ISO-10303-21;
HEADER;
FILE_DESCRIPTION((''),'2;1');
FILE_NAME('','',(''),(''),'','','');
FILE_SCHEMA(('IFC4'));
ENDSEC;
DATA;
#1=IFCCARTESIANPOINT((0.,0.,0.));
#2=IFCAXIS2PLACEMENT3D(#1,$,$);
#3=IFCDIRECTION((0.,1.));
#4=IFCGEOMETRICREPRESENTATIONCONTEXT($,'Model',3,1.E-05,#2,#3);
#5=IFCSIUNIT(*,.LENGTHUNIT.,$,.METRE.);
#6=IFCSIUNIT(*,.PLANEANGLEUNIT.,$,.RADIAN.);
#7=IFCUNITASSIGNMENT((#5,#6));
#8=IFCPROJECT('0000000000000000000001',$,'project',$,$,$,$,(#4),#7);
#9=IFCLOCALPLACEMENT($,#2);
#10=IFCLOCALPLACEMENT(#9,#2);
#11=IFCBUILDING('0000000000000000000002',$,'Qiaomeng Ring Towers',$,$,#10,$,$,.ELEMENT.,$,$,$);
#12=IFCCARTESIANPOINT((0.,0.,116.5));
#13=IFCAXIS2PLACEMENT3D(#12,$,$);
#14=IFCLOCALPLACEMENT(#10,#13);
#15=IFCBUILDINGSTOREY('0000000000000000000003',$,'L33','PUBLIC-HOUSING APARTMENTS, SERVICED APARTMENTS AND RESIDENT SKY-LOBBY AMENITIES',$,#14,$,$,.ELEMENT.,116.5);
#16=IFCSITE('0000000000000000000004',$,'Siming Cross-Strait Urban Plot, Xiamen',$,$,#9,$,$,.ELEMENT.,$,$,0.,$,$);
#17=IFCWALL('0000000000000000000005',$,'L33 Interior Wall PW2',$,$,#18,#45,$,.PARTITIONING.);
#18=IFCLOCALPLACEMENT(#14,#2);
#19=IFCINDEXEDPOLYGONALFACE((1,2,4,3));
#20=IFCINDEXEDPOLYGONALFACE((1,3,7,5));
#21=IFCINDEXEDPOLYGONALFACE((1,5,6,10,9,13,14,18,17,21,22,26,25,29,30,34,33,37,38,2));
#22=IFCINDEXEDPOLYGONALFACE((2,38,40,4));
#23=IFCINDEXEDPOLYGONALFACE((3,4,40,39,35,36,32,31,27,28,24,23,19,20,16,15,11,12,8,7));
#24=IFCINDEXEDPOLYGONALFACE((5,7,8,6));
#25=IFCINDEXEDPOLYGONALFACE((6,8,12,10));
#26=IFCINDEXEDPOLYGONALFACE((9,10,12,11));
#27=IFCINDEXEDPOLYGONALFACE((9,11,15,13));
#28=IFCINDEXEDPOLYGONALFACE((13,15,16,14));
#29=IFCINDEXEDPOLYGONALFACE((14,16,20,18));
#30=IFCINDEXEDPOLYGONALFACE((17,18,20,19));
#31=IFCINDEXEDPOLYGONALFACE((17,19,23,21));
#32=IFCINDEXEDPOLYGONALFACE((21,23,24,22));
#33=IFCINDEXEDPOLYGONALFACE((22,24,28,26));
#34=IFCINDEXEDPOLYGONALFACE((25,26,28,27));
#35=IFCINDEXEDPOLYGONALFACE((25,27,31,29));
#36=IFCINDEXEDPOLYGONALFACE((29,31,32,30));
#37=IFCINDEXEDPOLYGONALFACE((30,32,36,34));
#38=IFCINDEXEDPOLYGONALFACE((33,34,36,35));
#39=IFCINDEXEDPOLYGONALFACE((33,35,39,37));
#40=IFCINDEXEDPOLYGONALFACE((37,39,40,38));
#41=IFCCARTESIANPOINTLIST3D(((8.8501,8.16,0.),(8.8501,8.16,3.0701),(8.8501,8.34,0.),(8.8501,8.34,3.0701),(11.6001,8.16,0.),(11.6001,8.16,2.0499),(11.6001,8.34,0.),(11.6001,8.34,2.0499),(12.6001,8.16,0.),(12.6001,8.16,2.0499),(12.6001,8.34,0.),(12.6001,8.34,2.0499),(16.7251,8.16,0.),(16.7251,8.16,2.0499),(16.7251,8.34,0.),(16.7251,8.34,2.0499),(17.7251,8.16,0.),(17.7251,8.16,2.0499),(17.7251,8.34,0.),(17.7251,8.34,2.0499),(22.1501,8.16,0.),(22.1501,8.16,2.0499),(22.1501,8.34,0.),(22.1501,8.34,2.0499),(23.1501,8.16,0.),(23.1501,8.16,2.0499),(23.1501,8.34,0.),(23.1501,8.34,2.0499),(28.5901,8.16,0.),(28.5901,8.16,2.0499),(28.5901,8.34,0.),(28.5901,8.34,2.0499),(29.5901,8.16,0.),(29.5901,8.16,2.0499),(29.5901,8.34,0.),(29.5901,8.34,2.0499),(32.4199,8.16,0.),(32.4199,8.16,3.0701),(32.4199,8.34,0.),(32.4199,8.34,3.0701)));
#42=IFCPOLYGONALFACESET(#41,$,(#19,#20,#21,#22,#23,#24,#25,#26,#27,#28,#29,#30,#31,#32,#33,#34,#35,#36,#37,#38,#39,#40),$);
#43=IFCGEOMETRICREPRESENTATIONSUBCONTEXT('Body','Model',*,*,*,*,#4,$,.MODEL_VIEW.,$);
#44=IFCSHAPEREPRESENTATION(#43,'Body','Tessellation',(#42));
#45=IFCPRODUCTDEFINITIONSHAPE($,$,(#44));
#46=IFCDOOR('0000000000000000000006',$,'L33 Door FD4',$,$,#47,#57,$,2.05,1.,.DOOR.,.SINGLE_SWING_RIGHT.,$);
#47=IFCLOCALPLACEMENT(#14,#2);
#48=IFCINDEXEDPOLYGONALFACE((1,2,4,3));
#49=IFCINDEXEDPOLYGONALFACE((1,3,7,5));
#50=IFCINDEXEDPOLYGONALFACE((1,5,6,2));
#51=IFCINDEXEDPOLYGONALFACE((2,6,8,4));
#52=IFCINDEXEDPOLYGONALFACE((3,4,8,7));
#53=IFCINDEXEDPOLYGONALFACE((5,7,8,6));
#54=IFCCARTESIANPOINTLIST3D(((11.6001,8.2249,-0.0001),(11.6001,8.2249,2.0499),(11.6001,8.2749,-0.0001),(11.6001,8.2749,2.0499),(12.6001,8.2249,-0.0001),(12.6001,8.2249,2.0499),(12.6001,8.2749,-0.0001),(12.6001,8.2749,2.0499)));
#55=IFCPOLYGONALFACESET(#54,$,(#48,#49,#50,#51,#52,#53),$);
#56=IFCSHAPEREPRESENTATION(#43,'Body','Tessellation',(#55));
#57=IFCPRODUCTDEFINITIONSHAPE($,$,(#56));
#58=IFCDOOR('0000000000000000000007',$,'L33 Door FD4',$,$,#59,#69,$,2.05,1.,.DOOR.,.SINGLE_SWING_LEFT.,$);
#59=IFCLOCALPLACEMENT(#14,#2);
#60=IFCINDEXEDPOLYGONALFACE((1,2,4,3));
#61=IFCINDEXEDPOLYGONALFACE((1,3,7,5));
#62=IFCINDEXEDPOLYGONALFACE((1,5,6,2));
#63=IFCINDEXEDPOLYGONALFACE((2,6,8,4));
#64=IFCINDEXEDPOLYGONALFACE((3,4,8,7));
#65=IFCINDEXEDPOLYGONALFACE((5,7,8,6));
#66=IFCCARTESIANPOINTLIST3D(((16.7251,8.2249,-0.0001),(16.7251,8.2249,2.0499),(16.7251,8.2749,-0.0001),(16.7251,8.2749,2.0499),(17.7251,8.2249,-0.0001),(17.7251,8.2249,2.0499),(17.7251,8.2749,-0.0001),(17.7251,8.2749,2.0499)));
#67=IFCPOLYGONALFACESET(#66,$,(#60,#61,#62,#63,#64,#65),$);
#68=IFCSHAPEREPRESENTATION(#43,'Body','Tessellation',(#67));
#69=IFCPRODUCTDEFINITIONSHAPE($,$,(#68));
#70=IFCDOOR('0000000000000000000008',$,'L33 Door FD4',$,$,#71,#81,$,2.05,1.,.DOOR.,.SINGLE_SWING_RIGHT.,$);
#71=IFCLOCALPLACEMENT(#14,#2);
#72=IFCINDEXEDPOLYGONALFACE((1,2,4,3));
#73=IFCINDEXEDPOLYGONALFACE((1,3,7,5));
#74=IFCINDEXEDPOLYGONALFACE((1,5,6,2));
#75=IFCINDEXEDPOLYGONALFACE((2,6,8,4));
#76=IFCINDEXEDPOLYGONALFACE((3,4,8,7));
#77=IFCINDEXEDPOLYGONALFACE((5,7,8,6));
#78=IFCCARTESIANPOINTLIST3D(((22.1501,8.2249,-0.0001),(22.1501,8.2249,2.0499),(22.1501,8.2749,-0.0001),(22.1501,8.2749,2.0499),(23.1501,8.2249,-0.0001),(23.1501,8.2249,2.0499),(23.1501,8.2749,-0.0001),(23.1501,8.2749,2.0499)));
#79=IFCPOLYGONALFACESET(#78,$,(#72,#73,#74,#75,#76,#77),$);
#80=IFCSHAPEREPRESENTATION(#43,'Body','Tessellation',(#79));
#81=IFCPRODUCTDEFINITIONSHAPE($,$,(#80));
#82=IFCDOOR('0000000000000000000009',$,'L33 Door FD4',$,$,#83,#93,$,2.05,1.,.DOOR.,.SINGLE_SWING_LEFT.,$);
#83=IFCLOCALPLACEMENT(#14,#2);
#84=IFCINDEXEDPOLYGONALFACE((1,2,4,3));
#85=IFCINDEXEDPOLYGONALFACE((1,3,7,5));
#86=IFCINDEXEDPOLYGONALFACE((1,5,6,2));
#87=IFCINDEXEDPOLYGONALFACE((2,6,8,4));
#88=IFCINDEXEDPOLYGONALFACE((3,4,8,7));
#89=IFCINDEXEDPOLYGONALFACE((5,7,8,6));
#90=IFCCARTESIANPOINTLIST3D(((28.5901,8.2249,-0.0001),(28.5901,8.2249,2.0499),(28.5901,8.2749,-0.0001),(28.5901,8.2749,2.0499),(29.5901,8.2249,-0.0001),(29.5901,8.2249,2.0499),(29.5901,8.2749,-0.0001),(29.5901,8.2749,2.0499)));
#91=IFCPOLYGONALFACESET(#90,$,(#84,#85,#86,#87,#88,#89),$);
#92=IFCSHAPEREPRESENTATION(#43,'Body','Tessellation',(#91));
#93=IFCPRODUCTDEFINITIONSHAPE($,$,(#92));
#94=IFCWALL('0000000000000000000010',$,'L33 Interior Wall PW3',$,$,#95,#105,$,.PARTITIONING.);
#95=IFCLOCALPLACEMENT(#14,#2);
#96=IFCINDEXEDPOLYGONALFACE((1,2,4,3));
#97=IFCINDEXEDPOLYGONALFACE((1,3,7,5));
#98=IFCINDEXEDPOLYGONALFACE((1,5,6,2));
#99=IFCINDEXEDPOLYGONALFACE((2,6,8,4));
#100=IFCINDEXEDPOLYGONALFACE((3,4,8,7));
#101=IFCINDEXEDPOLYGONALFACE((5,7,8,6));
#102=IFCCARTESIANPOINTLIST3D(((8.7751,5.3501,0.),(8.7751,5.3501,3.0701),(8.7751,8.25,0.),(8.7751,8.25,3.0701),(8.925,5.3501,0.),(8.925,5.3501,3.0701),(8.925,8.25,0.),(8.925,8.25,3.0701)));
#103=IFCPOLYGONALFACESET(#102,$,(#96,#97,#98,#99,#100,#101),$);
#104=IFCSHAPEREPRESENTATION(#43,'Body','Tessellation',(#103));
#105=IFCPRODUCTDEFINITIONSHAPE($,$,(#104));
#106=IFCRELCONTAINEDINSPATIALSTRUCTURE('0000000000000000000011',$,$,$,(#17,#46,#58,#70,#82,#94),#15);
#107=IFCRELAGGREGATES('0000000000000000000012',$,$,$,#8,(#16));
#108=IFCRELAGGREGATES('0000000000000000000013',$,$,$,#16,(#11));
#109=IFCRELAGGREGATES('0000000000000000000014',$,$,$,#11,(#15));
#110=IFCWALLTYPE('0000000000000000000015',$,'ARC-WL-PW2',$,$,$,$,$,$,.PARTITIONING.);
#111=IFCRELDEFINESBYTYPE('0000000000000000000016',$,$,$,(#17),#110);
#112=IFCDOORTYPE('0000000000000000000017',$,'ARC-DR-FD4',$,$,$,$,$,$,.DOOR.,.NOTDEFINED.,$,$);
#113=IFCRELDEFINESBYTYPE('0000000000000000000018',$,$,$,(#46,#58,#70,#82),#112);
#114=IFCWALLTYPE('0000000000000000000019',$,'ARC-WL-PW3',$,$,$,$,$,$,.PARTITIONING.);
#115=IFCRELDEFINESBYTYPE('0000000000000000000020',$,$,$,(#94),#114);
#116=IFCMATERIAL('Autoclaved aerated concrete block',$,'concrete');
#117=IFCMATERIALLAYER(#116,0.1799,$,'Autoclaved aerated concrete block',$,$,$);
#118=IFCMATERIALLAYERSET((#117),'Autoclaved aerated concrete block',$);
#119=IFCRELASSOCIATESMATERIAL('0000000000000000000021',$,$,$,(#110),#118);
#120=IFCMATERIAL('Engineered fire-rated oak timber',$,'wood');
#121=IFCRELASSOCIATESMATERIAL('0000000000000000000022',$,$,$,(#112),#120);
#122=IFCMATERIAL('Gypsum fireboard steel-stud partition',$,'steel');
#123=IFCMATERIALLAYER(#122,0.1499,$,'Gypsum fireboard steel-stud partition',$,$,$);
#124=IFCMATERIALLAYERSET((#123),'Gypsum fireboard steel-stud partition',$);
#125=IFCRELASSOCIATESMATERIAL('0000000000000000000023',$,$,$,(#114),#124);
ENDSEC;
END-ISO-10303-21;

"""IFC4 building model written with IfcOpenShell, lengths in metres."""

from ifc_helpers import new_model, si_unit, direction, frame, frame_2d, origin, place, context, subcontext, project, spatial, rectangle, extrude, source, transform, mapped, material, layer, layer_set, type_object, element, fill, save


model = new_model("IFC4")

# Units and contexts
model_context = context("Model", 3, precision=1e-05, world=origin(), true_north=direction((0.0, 1.0)))
body_context = subcontext(model_context, "Body", "Model", "MODEL_VIEW")
ifc_project = project(units=[si_unit("LENGTHUNIT", "METRE"), si_unit("PLANEANGLEUNIT", "RADIAN")], contexts=[model_context])

# Site, building, storey
site_placement = place(None, origin())
site = spatial("IfcSite", under=ifc_project, at=site_placement, Name="Siming Cross-Strait Urban Plot, Xiamen", CompositionType="ELEMENT", RefElevation=0.0)
building_placement = place(site_placement, origin())
building = spatial("IfcBuilding", under=site, at=building_placement, Name="Qiaomeng Ring Towers", CompositionType="ELEMENT")
storey_placement = place(building_placement, frame((0.0, 0.0, 116.5)))
storey = spatial("IfcBuildingStorey", under=building, at=storey_placement, Name="L33", Description="PUBLIC-HOUSING APARTMENTS, SERVICED APARTMENTS AND RESIDENT SKY-LOBBY AMENITIES", CompositionType="ELEMENT", Elevation=116.5)

# Wall, openings, doors
ifc_material_1 = material(Name="Autoclaved aerated concrete block", Category="concrete")
ifc_layer_1 = layer(ifc_material_1, 0.1799, Name="Autoclaved aerated concrete block")
ifc_layer_set_1 = layer_set([ifc_layer_1], Name="Autoclaved aerated concrete block")
wall_type_1 = type_object("IfcWallType", Name="ARC-WL-PW2", PredefinedType="PARTITIONING", material=ifc_layer_set_1)
wall_1_placement = place(storey_placement, frame((8.8501, 8.25, 0.0), z_axis=(0.0, 0.0, 1.0), x_axis=(1.0, 0.0, 0.0)))
wall_1 = element("IfcWall", 1, at=wall_1_placement, inside=storey, type_object=wall_type_1, Name="L33 Interior Wall PW2", PredefinedType="PARTITIONING", context=body_context, shape_type="SweptSolid", body=[
    extrude(rectangle(XDim=23.5698, YDim=0.1799, at=frame_2d((11.7849, 0.0))), origin(), (0.0, 0.0, 1.0), 3.0701),
])
opening_1_placement = place(wall_1_placement, frame((2.75, 0.0, 0.0)))
opening_1 = element("IfcOpeningElement", 2, at=opening_1_placement, cuts=wall_1, PredefinedType="OPENING", context=body_context, shape_type="SweptSolid", body=[
    extrude(rectangle(XDim=1.0, YDim=2.05, at=frame_2d((0.5, 1.0249))), frame((0.0, 0.0999, 0.0), z_axis=(0.0, -1.0, 0.0), x_axis=(1.0, 0.0, 0.0)), (0.0, 0.0, 1.0), 0.2),
])
opening_2_placement = place(wall_1_placement, frame((7.875, 0.0, 0.0)))
opening_2 = element("IfcOpeningElement", 3, at=opening_2_placement, cuts=wall_1, PredefinedType="OPENING", context=body_context, shape_type="SweptSolid", body=[
    extrude(rectangle(XDim=1.0, YDim=2.05, at=frame_2d((0.5, 1.0249))), frame((0.0, 0.0999, 0.0), z_axis=(0.0, -1.0, 0.0), x_axis=(1.0, 0.0, 0.0)), (0.0, 0.0, 1.0), 0.2),
])
opening_3_placement = place(wall_1_placement, frame((13.3, 0.0, 0.0)))
opening_3 = element("IfcOpeningElement", 4, at=opening_3_placement, cuts=wall_1, PredefinedType="OPENING", context=body_context, shape_type="SweptSolid", body=[
    extrude(rectangle(XDim=1.0, YDim=2.05, at=frame_2d((0.5, 1.0249))), frame((0.0, 0.0999, 0.0), z_axis=(0.0, -1.0, 0.0), x_axis=(1.0, 0.0, 0.0)), (0.0, 0.0, 1.0), 0.2),
])
opening_4_placement = place(wall_1_placement, frame((19.74, 0.0, 0.0)))
opening_4 = element("IfcOpeningElement", 5, at=opening_4_placement, cuts=wall_1, PredefinedType="OPENING", context=body_context, shape_type="SweptSolid", body=[
    extrude(rectangle(XDim=1.0, YDim=2.05, at=frame_2d((0.5, 1.0249))), frame((0.0, 0.0999, 0.0), z_axis=(0.0, -1.0, 0.0), x_axis=(1.0, 0.0, 0.0)), (0.0, 0.0, 1.0), 0.2),
])
ifc_material_2 = material(Name="Engineered fire-rated oak timber", Category="wood")
door_type_1 = type_object("IfcDoorType", Name="ARC-DR-FD4", OperationType="NOTDEFINED", PredefinedType="DOOR", material=ifc_material_2)
shared_shape_1 = source(origin(), body_context, "Body", "SweptSolid", [
    extrude(rectangle(XDim=1.0, YDim=2.05, at=frame_2d((0.5, 1.0249))), frame((0.0, 0.0249, 0.0), z_axis=(0.0, -1.0, 0.0), x_axis=(1.0, 0.0, 0.0)), (0.0, 0.0, 1.0), 0.05),
])
door_1_placement = place(opening_1_placement, origin())
door_1 = element("IfcDoor", 6, at=door_1_placement, inside=storey, type_object=door_type_1, Name="L33 Door FD4", OperationType="SINGLE_SWING_RIGHT", OverallHeight=2.05, OverallWidth=1.0, PredefinedType="DOOR", context=body_context, shape_type="MappedRepresentation", body=[
    mapped(shared_shape_1, transform((0.0, 0.0, 0.0), x_axis=(1.0, 0.0, 0.0), y_axis=(0.0, 1.0, 0.0), z_axis=(0.0, 0.0, 1.0), scale=1.0)),
])
fill(opening_1, door_1)
door_2_placement = place(opening_2_placement, origin())
door_2 = element("IfcDoor", 7, at=door_2_placement, inside=storey, type_object=door_type_1, Name="L33 Door FD4", OperationType="SINGLE_SWING_LEFT", OverallHeight=2.05, OverallWidth=1.0, PredefinedType="DOOR", context=body_context, shape_type="MappedRepresentation", body=[
    mapped(shared_shape_1, transform((0.0, 0.0, 0.0), x_axis=(1.0, 0.0, 0.0), y_axis=(0.0, 1.0, 0.0), z_axis=(0.0, 0.0, 1.0), scale=1.0)),
])
fill(opening_2, door_2)
door_3_placement = place(opening_3_placement, origin())
door_3 = element("IfcDoor", 8, at=door_3_placement, inside=storey, type_object=door_type_1, Name="L33 Door FD4", OperationType="SINGLE_SWING_RIGHT", OverallHeight=2.05, OverallWidth=1.0, PredefinedType="DOOR", context=body_context, shape_type="MappedRepresentation", body=[
    mapped(shared_shape_1, transform((0.0, 0.0, 0.0), x_axis=(1.0, 0.0, 0.0), y_axis=(0.0, 1.0, 0.0), z_axis=(0.0, 0.0, 1.0), scale=1.0)),
])
fill(opening_3, door_3)
door_4_placement = place(opening_4_placement, origin())
door_4 = element("IfcDoor", 9, at=door_4_placement, inside=storey, type_object=door_type_1, Name="L33 Door FD4", OperationType="SINGLE_SWING_LEFT", OverallHeight=2.05, OverallWidth=1.0, PredefinedType="DOOR", context=body_context, shape_type="MappedRepresentation", body=[
    mapped(shared_shape_1, transform((0.0, 0.0, 0.0), x_axis=(1.0, 0.0, 0.0), y_axis=(0.0, 1.0, 0.0), z_axis=(0.0, 0.0, 1.0), scale=1.0)),
])
fill(opening_4, door_4)

# Wall
ifc_material_3 = material(Name="Gypsum fireboard steel-stud partition", Category="steel")
ifc_layer_2 = layer(ifc_material_3, 0.1499, Name="Gypsum fireboard steel-stud partition")
ifc_layer_set_2 = layer_set([ifc_layer_2], Name="Gypsum fireboard steel-stud partition")
wall_type_2 = type_object("IfcWallType", Name="ARC-WL-PW3", PredefinedType="PARTITIONING", material=ifc_layer_set_2)
wall_2_placement = place(storey_placement, frame((8.8501, 5.3501, 0.0), z_axis=(0.0, 0.0, 1.0), x_axis=(0.0, 1.0, 0.0)))
element("IfcWall", 10, at=wall_2_placement, inside=storey, type_object=wall_type_2, Name="L33 Interior Wall PW3", PredefinedType="PARTITIONING", context=body_context, shape_type="SweptSolid", body=[
    extrude(rectangle(XDim=2.8999, YDim=0.1499, at=frame_2d((1.45, 0.0))), origin(), (0.0, 0.0, 1.0), 3.0701),
])

save(model, "model.ifc")
